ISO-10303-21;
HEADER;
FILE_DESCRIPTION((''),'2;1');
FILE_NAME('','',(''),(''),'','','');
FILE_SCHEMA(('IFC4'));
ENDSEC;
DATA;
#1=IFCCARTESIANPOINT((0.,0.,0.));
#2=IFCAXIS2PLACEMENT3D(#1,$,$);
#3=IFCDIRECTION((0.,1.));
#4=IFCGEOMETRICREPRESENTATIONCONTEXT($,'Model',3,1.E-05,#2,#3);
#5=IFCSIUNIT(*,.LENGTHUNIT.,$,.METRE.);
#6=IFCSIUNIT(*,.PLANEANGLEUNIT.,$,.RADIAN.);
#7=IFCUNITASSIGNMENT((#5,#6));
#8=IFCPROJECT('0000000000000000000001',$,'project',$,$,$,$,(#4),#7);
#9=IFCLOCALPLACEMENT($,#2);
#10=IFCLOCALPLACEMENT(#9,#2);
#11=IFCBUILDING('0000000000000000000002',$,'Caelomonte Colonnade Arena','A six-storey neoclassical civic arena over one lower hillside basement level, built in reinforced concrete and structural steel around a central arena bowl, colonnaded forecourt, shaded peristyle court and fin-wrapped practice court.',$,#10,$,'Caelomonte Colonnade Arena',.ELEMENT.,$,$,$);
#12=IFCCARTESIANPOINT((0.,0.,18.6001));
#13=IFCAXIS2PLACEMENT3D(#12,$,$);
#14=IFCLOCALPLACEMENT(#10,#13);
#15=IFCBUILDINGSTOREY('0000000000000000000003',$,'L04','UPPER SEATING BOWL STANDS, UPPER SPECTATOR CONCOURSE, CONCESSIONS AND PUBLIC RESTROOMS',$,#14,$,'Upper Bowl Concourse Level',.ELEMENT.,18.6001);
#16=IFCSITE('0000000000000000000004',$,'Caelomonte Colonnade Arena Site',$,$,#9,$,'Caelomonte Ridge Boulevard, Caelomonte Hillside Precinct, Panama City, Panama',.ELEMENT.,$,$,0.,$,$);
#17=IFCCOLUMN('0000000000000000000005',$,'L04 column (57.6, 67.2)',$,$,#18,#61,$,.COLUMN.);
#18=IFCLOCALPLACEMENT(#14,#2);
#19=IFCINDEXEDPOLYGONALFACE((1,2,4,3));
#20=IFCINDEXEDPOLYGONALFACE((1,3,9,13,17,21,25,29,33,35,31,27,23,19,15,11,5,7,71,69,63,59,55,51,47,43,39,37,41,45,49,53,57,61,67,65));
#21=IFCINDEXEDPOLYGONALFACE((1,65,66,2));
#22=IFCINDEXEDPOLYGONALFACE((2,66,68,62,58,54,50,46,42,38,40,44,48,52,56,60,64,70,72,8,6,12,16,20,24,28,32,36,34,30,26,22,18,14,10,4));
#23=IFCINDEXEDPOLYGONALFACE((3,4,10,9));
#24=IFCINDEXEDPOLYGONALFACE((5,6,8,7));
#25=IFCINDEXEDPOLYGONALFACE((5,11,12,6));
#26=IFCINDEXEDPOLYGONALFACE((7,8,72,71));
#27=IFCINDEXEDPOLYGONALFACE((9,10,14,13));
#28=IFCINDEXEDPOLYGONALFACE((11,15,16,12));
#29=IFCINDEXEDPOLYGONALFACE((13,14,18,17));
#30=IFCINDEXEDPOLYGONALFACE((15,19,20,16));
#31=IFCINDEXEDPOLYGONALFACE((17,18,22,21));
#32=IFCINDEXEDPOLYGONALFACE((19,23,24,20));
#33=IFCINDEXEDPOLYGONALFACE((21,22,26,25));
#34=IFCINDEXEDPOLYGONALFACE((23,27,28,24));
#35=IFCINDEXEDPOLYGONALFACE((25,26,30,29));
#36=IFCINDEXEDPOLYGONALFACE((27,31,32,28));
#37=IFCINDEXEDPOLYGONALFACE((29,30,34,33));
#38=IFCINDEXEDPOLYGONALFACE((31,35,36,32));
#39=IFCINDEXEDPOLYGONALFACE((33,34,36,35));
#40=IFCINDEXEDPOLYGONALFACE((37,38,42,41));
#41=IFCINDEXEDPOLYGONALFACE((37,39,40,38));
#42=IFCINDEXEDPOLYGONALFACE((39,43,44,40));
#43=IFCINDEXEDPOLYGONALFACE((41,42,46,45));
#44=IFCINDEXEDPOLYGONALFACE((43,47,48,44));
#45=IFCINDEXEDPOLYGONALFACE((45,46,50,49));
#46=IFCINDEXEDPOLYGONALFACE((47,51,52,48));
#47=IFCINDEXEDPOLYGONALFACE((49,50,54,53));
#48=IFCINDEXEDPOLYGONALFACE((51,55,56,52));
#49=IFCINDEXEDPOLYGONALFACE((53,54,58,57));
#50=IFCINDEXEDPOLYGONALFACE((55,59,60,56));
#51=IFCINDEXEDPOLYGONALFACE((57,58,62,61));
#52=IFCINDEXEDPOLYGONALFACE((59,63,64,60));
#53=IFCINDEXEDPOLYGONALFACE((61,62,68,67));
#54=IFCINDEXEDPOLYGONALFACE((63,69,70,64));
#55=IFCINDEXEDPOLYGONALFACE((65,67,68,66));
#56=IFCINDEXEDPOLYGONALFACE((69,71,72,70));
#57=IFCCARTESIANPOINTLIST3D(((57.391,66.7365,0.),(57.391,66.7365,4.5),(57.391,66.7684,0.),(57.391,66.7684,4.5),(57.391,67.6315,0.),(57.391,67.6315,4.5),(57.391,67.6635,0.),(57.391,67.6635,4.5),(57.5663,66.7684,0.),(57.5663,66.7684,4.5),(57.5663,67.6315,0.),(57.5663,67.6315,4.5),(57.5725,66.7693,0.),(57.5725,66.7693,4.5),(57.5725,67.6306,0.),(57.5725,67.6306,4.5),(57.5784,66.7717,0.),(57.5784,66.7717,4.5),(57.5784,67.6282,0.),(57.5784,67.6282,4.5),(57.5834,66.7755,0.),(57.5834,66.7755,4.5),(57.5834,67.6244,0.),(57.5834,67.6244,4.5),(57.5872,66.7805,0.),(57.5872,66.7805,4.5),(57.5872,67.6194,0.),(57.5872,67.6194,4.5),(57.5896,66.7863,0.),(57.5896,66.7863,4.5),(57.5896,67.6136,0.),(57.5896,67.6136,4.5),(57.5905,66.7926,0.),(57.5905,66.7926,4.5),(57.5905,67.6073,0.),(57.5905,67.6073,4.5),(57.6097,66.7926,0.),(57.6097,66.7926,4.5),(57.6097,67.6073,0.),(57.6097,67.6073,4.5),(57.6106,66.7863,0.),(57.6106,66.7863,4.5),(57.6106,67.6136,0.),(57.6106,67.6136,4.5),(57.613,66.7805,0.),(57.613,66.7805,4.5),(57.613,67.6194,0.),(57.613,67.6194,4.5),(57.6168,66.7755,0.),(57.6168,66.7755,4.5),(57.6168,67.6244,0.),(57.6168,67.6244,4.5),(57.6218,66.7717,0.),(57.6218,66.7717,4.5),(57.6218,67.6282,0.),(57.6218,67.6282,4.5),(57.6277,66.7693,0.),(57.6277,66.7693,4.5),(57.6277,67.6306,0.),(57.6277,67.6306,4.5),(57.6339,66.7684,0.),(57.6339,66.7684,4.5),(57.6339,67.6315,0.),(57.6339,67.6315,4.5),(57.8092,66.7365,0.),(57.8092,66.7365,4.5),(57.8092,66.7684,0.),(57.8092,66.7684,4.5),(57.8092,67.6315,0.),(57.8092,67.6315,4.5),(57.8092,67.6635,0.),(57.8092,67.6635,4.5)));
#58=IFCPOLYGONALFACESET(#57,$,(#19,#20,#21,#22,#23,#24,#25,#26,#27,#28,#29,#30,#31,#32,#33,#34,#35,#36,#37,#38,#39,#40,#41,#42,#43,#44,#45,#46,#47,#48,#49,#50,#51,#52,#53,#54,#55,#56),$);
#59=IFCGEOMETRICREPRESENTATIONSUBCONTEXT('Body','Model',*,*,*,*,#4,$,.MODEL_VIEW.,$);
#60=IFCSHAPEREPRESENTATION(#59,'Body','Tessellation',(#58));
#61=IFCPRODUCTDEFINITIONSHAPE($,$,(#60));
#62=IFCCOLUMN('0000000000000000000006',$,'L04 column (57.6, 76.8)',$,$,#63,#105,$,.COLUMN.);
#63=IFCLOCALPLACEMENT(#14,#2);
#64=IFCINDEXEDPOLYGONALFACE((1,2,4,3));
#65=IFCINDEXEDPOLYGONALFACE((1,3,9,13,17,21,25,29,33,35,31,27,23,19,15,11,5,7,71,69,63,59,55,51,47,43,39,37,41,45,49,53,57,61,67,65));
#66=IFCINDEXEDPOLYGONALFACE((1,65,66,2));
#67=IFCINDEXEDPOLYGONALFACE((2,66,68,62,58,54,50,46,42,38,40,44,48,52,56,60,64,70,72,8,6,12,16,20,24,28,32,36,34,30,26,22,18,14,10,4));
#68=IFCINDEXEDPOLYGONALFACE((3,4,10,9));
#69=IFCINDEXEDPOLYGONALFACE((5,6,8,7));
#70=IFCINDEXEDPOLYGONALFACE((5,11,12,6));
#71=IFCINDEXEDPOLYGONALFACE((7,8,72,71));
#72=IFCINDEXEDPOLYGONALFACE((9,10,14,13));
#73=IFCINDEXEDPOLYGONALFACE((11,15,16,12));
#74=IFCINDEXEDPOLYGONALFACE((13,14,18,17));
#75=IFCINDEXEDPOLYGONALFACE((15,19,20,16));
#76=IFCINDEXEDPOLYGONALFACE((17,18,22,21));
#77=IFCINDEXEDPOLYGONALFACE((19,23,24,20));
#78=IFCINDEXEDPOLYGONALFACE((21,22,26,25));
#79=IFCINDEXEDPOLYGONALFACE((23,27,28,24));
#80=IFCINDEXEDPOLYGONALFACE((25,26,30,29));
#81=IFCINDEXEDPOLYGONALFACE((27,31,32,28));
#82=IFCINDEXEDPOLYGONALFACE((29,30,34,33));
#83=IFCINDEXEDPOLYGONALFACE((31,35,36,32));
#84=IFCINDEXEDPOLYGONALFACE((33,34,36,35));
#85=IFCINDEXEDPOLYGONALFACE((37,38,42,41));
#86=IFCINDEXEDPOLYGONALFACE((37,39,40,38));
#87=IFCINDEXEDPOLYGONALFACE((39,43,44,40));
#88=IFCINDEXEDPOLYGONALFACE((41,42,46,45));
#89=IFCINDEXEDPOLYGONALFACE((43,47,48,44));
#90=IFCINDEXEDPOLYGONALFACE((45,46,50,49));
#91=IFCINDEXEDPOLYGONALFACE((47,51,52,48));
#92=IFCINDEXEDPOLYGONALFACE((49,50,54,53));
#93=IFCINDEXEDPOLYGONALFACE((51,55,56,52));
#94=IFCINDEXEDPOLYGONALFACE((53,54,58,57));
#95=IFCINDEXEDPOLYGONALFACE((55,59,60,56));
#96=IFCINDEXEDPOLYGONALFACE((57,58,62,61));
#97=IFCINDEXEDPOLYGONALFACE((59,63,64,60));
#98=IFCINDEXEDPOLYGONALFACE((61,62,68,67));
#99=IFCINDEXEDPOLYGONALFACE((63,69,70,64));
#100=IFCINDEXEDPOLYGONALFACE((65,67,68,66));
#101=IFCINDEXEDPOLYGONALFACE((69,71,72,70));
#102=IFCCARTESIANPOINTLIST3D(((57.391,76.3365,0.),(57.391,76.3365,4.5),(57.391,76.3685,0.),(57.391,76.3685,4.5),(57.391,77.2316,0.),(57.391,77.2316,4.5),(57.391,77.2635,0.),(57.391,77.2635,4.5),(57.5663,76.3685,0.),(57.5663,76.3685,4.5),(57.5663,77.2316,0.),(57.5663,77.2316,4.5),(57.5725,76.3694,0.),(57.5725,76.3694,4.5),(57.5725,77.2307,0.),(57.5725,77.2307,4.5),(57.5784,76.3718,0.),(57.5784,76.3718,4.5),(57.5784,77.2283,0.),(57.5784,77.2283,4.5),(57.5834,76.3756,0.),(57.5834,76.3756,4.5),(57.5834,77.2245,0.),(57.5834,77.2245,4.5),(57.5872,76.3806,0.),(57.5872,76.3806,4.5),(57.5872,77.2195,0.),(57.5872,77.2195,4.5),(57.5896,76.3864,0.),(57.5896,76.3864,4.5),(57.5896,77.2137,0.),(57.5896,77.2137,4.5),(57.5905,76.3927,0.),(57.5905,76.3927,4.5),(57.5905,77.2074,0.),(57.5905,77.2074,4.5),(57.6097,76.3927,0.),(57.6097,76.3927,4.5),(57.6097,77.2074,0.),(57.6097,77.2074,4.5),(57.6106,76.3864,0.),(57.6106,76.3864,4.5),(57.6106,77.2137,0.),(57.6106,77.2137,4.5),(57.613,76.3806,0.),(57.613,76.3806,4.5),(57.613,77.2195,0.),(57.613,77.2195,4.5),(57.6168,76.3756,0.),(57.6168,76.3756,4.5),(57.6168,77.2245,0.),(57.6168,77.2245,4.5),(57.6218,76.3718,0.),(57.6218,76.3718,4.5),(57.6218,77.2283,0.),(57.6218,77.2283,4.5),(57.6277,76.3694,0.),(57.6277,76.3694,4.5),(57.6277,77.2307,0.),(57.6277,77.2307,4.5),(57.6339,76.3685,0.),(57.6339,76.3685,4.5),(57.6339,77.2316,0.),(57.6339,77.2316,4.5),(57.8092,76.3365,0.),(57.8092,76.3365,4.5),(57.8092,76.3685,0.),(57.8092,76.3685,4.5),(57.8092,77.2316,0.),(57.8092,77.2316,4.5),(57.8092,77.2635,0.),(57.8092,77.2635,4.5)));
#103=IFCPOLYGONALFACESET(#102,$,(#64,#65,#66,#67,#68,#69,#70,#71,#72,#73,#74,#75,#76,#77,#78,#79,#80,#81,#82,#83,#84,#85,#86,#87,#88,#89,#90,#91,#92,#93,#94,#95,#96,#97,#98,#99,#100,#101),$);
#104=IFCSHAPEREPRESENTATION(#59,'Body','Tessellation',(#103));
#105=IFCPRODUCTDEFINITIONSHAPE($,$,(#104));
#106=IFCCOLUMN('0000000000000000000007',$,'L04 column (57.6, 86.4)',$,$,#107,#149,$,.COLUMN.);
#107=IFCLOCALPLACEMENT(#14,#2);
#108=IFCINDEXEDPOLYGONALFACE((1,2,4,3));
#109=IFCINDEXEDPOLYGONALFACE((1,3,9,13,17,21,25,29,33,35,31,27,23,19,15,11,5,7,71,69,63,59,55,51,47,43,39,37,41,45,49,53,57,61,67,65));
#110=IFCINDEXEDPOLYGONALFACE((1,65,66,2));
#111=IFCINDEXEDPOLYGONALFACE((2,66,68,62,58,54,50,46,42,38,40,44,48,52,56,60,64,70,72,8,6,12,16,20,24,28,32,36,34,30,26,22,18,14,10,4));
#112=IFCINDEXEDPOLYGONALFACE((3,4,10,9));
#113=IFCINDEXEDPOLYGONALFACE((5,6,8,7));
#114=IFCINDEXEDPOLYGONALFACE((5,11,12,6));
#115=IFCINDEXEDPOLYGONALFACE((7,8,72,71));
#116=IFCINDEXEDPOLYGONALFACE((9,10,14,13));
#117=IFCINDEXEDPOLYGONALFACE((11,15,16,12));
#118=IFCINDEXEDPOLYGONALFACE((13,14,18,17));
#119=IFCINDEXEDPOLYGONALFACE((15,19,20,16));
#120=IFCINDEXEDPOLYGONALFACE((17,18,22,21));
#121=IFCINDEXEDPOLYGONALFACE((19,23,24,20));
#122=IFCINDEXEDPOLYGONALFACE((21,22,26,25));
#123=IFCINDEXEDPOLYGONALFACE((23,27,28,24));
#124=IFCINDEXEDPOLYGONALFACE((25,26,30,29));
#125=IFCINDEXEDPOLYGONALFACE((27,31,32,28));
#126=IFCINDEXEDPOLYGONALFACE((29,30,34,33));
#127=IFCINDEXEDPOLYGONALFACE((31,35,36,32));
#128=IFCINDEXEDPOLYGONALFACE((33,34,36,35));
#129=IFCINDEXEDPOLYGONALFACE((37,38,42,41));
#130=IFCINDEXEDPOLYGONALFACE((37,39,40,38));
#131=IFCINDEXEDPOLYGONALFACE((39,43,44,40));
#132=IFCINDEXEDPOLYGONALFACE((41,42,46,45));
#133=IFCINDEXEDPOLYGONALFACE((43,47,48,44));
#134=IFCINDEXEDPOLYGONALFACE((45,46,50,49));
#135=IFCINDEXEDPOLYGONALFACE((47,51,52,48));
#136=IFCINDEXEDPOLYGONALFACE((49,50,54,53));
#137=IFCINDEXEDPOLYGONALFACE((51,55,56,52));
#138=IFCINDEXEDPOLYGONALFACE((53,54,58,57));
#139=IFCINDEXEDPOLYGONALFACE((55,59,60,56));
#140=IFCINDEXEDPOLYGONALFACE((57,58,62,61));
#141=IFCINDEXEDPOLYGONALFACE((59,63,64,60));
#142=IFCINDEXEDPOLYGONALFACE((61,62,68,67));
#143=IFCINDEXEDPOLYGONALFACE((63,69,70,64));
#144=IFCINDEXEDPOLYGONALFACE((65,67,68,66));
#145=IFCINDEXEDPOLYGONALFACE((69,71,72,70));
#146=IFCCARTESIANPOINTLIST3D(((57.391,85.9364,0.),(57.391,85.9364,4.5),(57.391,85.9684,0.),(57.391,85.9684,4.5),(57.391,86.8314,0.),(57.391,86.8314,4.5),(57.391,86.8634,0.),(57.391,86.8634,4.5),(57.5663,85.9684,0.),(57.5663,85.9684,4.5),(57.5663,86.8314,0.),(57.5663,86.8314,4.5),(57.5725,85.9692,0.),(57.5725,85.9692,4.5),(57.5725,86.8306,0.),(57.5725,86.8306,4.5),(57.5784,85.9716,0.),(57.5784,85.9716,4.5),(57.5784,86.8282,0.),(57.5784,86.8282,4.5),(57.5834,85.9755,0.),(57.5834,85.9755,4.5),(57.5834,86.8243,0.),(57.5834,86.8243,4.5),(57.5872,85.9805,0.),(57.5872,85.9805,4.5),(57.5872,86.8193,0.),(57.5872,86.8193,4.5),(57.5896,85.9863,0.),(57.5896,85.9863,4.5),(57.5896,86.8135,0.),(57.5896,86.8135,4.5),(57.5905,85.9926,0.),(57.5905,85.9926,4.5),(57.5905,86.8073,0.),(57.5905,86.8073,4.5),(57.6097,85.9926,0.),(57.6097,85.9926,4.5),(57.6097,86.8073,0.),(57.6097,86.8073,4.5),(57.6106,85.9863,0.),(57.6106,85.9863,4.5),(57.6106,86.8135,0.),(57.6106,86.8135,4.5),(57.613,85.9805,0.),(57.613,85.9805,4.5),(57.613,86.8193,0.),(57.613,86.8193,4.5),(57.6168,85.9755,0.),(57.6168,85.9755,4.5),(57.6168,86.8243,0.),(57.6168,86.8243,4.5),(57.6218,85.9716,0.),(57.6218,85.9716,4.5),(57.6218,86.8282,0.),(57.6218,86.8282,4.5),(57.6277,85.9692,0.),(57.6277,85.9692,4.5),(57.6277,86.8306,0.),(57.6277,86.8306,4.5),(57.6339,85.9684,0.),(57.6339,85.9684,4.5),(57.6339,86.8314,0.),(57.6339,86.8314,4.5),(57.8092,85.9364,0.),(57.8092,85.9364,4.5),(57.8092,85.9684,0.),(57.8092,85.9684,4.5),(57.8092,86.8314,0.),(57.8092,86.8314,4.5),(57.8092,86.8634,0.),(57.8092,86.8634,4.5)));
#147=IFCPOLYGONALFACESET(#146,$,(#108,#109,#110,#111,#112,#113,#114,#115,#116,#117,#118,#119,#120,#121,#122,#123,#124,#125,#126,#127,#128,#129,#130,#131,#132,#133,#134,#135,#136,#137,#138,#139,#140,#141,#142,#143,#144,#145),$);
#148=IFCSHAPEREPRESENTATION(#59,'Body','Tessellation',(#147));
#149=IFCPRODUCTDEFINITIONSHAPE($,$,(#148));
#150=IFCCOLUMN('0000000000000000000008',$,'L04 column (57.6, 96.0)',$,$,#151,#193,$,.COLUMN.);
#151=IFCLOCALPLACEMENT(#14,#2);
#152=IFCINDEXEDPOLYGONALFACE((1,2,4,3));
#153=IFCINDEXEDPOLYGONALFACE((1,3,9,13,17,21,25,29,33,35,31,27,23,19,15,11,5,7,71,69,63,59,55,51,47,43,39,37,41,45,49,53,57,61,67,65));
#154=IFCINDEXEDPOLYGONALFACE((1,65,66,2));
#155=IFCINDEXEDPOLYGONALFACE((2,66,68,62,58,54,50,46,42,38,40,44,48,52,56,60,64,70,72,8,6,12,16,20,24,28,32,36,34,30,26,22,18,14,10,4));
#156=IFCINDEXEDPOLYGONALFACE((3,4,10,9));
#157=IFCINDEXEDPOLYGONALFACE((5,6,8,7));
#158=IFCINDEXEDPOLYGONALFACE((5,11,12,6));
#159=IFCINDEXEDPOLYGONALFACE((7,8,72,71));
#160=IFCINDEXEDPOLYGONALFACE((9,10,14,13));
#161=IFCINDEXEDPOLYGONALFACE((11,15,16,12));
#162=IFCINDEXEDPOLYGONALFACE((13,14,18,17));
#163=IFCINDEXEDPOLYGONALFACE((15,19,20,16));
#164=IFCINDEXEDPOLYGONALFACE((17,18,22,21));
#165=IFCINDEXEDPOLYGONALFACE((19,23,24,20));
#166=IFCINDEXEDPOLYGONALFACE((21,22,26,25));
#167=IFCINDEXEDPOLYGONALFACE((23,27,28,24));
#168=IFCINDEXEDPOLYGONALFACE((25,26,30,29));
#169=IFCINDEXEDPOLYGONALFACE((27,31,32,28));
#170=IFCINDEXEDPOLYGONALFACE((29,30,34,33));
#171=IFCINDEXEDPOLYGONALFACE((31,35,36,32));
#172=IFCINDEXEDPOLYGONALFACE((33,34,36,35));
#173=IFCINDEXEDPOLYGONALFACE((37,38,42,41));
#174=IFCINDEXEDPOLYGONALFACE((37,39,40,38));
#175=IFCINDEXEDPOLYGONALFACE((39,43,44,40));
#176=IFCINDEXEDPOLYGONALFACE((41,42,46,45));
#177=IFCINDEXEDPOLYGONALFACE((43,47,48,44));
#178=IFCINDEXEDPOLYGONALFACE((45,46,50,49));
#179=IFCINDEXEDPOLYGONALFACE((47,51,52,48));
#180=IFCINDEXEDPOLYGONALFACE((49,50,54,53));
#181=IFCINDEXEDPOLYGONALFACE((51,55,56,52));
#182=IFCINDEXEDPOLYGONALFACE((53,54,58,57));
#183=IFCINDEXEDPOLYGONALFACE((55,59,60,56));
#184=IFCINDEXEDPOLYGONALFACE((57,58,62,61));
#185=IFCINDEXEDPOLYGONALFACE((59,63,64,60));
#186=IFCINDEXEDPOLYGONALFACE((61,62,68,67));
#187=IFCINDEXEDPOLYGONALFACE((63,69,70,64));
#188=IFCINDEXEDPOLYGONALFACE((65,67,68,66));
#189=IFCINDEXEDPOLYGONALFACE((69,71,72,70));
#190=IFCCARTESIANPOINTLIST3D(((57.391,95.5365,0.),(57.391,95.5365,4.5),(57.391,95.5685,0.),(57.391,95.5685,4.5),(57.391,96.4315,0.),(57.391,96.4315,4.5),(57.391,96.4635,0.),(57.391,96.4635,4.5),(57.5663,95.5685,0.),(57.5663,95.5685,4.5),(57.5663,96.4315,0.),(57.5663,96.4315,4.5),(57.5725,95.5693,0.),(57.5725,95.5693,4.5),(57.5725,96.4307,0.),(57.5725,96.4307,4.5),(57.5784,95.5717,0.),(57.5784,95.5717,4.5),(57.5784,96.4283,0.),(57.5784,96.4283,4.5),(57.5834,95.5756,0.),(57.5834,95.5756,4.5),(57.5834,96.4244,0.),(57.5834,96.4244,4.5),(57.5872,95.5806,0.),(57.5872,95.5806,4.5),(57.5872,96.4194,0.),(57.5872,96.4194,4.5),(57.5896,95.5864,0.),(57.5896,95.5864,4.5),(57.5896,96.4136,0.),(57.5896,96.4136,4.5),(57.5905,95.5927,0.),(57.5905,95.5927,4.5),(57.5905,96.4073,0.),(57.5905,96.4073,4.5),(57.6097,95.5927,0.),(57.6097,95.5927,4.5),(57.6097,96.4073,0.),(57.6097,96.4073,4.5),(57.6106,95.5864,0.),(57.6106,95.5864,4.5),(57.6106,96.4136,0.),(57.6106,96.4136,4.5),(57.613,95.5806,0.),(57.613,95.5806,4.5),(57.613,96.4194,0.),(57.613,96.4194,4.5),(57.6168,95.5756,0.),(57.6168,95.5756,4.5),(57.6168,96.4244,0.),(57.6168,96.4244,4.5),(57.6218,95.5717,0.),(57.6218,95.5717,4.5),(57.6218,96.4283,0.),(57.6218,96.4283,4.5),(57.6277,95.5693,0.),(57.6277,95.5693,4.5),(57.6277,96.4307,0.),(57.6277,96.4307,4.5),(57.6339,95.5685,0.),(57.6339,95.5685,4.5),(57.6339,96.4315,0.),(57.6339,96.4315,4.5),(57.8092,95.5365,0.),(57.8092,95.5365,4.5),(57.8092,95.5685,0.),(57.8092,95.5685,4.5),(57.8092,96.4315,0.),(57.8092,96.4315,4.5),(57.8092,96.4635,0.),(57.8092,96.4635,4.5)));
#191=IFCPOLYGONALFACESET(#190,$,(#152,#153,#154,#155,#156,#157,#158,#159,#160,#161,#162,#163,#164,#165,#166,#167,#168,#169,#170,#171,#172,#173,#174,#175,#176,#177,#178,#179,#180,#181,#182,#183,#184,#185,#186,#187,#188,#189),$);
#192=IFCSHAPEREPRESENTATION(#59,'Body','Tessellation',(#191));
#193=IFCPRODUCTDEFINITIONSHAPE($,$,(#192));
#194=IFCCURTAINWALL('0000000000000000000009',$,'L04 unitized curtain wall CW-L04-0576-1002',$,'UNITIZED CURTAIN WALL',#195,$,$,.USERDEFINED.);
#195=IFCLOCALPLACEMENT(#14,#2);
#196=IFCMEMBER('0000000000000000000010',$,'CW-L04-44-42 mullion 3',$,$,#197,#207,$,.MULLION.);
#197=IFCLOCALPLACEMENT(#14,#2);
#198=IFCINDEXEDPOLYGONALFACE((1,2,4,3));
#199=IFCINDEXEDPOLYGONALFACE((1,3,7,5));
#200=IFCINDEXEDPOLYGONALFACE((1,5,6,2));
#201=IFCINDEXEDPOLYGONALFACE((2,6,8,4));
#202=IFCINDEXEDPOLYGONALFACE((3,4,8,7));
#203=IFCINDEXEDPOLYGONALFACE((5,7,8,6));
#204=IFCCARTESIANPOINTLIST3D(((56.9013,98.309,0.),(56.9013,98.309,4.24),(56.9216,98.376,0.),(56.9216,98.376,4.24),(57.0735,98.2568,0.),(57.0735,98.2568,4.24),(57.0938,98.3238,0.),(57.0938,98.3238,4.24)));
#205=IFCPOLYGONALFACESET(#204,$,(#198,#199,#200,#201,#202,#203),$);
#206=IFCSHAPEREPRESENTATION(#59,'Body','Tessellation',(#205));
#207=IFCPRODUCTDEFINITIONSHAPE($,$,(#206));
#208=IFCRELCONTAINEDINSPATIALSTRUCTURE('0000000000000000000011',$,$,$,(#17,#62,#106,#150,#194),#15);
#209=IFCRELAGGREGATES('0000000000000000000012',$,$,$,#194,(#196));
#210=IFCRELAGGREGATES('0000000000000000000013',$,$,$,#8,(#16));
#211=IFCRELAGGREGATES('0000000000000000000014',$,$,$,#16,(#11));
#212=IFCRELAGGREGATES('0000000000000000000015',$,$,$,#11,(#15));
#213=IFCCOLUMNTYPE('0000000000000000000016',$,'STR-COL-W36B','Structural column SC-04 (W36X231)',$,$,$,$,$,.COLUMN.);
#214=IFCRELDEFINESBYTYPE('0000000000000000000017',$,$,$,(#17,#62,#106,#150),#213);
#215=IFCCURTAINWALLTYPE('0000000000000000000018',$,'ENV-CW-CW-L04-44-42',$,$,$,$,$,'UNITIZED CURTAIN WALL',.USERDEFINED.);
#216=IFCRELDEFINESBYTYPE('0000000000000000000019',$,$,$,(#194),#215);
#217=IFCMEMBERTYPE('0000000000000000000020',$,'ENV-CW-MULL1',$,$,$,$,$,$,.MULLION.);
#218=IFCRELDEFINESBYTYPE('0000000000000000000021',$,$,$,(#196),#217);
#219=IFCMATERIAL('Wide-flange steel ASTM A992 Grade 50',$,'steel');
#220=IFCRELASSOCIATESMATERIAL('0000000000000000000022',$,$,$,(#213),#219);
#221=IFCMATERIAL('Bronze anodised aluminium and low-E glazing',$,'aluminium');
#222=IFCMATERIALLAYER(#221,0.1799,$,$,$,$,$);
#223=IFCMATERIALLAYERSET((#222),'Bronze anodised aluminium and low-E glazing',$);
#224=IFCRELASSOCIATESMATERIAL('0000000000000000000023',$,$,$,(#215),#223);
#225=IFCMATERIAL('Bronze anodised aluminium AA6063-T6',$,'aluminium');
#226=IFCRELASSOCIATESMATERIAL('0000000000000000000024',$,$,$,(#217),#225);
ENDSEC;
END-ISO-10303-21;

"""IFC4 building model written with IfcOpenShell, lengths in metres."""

from ifc_helpers import new_model, si_unit, direction, frame, origin, origin_2d, place, context, subcontext, project, spatial, rectangle, i_section, extrude, material, layer, layer_set, material_profile, profile_set, type_object, element, aggregate, save


model = new_model("IFC4")

# Units and contexts
model_context = context("Model", 3, precision=1e-05, world=origin(), true_north=direction((0.0, 1.0)))
body_context = subcontext(model_context, "Body", "Model", "MODEL_VIEW")
ifc_project = project(units=[si_unit("LENGTHUNIT", "METRE"), si_unit("PLANEANGLEUNIT", "RADIAN")], contexts=[model_context])

# Site, building, storey
site_placement = place(None, origin())
site = spatial("IfcSite", under=ifc_project, at=site_placement, Name="Caelomonte Colonnade Arena Site", LongName="Caelomonte Ridge Boulevard, Caelomonte Hillside Precinct, Panama City, Panama", CompositionType="ELEMENT", RefElevation=0.0)
building_placement = place(site_placement, origin())
building = spatial("IfcBuilding", under=site, at=building_placement, Name="Caelomonte Colonnade Arena", Description="A six-storey neoclassical civic arena over one lower hillside basement level, built in reinforced concrete and structural steel around a central arena bowl, colonnaded forecourt, shaded peristyle court and fin-wrapped practice court.", LongName="Caelomonte Colonnade Arena", CompositionType="ELEMENT")
storey_placement = place(building_placement, frame((0.0, 0.0, 18.6001)))
storey = spatial("IfcBuildingStorey", under=building, at=storey_placement, Name="L04", Description="UPPER SEATING BOWL STANDS, UPPER SPECTATOR CONCOURSE, CONCESSIONS AND PUBLIC RESTROOMS", LongName="Upper Bowl Concourse Level", CompositionType="ELEMENT", Elevation=18.6001)

# Columns
ifc_material_1 = material(Name="Wide-flange steel ASTM A992 Grade 50", Category="steel")
ifc_material_profile_1 = material_profile(ifc_material_1, i_section(OverallWidth=0.4182, OverallDepth=0.927, WebThickness=0.0193, FlangeThickness=0.032, FilletRadius=0.0242, at=origin_2d()), Name="W36X231")
ifc_profile_set_1 = profile_set([ifc_material_profile_1], Name="Wide-flange steel ASTM A992 Grade 50")
column_type = type_object("IfcColumnType", Name="STR-COL-W36B", Description="Structural column SC-04 (W36X231)", PredefinedType="COLUMN", material=ifc_profile_set_1)
for number, where, z_axis, x_axis, name in (
    (1, (57.6001, 67.2, 0.0), (0.0, 0.0, 1.0), (1.0, 0.0, 0.0), "L04 column (57.6, 67.2)"),
    (2, (57.6001, 76.8, 0.0), (0.0, 0.0, 1.0), (1.0, 0.0, 0.0), "L04 column (57.6, 76.8)"),
    (3, (57.6001, 86.3999, 0.0), (0.0, 0.0, 1.0), (1.0, 0.0, 0.0), "L04 column (57.6, 86.4)"),
    (4, (57.6001, 96.0, 0.0), (0.0, 0.0, 1.0), (1.0, 0.0, 0.0), "L04 column (57.6, 96.0)"),
):
    element("IfcColumn", number, at=place(storey_placement, frame(where, z_axis=z_axis, x_axis=x_axis)), inside=storey, type_object=column_type, Name=name, PredefinedType="COLUMN", context=body_context, shape_type="SweptSolid", body=[
        extrude(i_section(OverallWidth=0.4182, OverallDepth=0.927, WebThickness=0.0193, FlangeThickness=0.032, FilletRadius=0.0242, at=origin_2d()), origin(), (0.0, 0.0, 1.0), 4.5),
    ])

# Curtain wall, member
ifc_material_2 = material(Name="Bronze anodised aluminium and low-E glazing", Category="aluminium")
ifc_layer_1 = layer(ifc_material_2, 0.1799)
ifc_layer_set_1 = layer_set([ifc_layer_1], Name="Bronze anodised aluminium and low-E glazing")
curtain_wall_type = type_object("IfcCurtainWallType", Name="ENV-CW-CW-L04-44-42", ElementType="UNITIZED CURTAIN WALL", PredefinedType="USERDEFINED", material=ifc_layer_set_1)
curtain_wall_1_placement = place(storey_placement, origin())
curtain_wall_1 = element("IfcCurtainWall", 5, at=curtain_wall_1_placement, inside=storey, type_object=curtain_wall_type, Name="L04 unitized curtain wall CW-L04-0576-1002", ObjectType="UNITIZED CURTAIN WALL", PredefinedType="USERDEFINED")
ifc_material_3 = material(Name="Bronze anodised aluminium AA6063-T6", Category="aluminium")
ifc_material_profile_2 = material_profile(ifc_material_3, rectangle(XDim=0.0701, YDim=0.1799, at=origin_2d()), Name="CWM-70X180")
ifc_profile_set_2 = profile_set([ifc_material_profile_2], Name="Bronze anodised aluminium AA6063-T6")
member_type_1 = type_object("IfcMemberType", Name="ENV-CW-MULL1", PredefinedType="MULLION", material=ifc_profile_set_2)
member_1_placement = place(storey_placement, frame((56.9976, 98.3164, 0.0), z_axis=(0.0, 0.0, 1.0), x_axis=(-0.290256, -0.956949, 0.0)))
member_1 = element("IfcMember", 6, at=member_1_placement, type_object=member_type_1, Name="CW-L04-44-42 mullion 3", PredefinedType="MULLION", context=body_context, shape_type="SweptSolid", body=[
    extrude(rectangle(XDim=0.0701, YDim=0.1799, at=origin_2d()), origin(), (0.0, 0.0, 1.0), 4.24),
])
aggregate(curtain_wall_1, [member_1])

save(model, "model.ifc")
